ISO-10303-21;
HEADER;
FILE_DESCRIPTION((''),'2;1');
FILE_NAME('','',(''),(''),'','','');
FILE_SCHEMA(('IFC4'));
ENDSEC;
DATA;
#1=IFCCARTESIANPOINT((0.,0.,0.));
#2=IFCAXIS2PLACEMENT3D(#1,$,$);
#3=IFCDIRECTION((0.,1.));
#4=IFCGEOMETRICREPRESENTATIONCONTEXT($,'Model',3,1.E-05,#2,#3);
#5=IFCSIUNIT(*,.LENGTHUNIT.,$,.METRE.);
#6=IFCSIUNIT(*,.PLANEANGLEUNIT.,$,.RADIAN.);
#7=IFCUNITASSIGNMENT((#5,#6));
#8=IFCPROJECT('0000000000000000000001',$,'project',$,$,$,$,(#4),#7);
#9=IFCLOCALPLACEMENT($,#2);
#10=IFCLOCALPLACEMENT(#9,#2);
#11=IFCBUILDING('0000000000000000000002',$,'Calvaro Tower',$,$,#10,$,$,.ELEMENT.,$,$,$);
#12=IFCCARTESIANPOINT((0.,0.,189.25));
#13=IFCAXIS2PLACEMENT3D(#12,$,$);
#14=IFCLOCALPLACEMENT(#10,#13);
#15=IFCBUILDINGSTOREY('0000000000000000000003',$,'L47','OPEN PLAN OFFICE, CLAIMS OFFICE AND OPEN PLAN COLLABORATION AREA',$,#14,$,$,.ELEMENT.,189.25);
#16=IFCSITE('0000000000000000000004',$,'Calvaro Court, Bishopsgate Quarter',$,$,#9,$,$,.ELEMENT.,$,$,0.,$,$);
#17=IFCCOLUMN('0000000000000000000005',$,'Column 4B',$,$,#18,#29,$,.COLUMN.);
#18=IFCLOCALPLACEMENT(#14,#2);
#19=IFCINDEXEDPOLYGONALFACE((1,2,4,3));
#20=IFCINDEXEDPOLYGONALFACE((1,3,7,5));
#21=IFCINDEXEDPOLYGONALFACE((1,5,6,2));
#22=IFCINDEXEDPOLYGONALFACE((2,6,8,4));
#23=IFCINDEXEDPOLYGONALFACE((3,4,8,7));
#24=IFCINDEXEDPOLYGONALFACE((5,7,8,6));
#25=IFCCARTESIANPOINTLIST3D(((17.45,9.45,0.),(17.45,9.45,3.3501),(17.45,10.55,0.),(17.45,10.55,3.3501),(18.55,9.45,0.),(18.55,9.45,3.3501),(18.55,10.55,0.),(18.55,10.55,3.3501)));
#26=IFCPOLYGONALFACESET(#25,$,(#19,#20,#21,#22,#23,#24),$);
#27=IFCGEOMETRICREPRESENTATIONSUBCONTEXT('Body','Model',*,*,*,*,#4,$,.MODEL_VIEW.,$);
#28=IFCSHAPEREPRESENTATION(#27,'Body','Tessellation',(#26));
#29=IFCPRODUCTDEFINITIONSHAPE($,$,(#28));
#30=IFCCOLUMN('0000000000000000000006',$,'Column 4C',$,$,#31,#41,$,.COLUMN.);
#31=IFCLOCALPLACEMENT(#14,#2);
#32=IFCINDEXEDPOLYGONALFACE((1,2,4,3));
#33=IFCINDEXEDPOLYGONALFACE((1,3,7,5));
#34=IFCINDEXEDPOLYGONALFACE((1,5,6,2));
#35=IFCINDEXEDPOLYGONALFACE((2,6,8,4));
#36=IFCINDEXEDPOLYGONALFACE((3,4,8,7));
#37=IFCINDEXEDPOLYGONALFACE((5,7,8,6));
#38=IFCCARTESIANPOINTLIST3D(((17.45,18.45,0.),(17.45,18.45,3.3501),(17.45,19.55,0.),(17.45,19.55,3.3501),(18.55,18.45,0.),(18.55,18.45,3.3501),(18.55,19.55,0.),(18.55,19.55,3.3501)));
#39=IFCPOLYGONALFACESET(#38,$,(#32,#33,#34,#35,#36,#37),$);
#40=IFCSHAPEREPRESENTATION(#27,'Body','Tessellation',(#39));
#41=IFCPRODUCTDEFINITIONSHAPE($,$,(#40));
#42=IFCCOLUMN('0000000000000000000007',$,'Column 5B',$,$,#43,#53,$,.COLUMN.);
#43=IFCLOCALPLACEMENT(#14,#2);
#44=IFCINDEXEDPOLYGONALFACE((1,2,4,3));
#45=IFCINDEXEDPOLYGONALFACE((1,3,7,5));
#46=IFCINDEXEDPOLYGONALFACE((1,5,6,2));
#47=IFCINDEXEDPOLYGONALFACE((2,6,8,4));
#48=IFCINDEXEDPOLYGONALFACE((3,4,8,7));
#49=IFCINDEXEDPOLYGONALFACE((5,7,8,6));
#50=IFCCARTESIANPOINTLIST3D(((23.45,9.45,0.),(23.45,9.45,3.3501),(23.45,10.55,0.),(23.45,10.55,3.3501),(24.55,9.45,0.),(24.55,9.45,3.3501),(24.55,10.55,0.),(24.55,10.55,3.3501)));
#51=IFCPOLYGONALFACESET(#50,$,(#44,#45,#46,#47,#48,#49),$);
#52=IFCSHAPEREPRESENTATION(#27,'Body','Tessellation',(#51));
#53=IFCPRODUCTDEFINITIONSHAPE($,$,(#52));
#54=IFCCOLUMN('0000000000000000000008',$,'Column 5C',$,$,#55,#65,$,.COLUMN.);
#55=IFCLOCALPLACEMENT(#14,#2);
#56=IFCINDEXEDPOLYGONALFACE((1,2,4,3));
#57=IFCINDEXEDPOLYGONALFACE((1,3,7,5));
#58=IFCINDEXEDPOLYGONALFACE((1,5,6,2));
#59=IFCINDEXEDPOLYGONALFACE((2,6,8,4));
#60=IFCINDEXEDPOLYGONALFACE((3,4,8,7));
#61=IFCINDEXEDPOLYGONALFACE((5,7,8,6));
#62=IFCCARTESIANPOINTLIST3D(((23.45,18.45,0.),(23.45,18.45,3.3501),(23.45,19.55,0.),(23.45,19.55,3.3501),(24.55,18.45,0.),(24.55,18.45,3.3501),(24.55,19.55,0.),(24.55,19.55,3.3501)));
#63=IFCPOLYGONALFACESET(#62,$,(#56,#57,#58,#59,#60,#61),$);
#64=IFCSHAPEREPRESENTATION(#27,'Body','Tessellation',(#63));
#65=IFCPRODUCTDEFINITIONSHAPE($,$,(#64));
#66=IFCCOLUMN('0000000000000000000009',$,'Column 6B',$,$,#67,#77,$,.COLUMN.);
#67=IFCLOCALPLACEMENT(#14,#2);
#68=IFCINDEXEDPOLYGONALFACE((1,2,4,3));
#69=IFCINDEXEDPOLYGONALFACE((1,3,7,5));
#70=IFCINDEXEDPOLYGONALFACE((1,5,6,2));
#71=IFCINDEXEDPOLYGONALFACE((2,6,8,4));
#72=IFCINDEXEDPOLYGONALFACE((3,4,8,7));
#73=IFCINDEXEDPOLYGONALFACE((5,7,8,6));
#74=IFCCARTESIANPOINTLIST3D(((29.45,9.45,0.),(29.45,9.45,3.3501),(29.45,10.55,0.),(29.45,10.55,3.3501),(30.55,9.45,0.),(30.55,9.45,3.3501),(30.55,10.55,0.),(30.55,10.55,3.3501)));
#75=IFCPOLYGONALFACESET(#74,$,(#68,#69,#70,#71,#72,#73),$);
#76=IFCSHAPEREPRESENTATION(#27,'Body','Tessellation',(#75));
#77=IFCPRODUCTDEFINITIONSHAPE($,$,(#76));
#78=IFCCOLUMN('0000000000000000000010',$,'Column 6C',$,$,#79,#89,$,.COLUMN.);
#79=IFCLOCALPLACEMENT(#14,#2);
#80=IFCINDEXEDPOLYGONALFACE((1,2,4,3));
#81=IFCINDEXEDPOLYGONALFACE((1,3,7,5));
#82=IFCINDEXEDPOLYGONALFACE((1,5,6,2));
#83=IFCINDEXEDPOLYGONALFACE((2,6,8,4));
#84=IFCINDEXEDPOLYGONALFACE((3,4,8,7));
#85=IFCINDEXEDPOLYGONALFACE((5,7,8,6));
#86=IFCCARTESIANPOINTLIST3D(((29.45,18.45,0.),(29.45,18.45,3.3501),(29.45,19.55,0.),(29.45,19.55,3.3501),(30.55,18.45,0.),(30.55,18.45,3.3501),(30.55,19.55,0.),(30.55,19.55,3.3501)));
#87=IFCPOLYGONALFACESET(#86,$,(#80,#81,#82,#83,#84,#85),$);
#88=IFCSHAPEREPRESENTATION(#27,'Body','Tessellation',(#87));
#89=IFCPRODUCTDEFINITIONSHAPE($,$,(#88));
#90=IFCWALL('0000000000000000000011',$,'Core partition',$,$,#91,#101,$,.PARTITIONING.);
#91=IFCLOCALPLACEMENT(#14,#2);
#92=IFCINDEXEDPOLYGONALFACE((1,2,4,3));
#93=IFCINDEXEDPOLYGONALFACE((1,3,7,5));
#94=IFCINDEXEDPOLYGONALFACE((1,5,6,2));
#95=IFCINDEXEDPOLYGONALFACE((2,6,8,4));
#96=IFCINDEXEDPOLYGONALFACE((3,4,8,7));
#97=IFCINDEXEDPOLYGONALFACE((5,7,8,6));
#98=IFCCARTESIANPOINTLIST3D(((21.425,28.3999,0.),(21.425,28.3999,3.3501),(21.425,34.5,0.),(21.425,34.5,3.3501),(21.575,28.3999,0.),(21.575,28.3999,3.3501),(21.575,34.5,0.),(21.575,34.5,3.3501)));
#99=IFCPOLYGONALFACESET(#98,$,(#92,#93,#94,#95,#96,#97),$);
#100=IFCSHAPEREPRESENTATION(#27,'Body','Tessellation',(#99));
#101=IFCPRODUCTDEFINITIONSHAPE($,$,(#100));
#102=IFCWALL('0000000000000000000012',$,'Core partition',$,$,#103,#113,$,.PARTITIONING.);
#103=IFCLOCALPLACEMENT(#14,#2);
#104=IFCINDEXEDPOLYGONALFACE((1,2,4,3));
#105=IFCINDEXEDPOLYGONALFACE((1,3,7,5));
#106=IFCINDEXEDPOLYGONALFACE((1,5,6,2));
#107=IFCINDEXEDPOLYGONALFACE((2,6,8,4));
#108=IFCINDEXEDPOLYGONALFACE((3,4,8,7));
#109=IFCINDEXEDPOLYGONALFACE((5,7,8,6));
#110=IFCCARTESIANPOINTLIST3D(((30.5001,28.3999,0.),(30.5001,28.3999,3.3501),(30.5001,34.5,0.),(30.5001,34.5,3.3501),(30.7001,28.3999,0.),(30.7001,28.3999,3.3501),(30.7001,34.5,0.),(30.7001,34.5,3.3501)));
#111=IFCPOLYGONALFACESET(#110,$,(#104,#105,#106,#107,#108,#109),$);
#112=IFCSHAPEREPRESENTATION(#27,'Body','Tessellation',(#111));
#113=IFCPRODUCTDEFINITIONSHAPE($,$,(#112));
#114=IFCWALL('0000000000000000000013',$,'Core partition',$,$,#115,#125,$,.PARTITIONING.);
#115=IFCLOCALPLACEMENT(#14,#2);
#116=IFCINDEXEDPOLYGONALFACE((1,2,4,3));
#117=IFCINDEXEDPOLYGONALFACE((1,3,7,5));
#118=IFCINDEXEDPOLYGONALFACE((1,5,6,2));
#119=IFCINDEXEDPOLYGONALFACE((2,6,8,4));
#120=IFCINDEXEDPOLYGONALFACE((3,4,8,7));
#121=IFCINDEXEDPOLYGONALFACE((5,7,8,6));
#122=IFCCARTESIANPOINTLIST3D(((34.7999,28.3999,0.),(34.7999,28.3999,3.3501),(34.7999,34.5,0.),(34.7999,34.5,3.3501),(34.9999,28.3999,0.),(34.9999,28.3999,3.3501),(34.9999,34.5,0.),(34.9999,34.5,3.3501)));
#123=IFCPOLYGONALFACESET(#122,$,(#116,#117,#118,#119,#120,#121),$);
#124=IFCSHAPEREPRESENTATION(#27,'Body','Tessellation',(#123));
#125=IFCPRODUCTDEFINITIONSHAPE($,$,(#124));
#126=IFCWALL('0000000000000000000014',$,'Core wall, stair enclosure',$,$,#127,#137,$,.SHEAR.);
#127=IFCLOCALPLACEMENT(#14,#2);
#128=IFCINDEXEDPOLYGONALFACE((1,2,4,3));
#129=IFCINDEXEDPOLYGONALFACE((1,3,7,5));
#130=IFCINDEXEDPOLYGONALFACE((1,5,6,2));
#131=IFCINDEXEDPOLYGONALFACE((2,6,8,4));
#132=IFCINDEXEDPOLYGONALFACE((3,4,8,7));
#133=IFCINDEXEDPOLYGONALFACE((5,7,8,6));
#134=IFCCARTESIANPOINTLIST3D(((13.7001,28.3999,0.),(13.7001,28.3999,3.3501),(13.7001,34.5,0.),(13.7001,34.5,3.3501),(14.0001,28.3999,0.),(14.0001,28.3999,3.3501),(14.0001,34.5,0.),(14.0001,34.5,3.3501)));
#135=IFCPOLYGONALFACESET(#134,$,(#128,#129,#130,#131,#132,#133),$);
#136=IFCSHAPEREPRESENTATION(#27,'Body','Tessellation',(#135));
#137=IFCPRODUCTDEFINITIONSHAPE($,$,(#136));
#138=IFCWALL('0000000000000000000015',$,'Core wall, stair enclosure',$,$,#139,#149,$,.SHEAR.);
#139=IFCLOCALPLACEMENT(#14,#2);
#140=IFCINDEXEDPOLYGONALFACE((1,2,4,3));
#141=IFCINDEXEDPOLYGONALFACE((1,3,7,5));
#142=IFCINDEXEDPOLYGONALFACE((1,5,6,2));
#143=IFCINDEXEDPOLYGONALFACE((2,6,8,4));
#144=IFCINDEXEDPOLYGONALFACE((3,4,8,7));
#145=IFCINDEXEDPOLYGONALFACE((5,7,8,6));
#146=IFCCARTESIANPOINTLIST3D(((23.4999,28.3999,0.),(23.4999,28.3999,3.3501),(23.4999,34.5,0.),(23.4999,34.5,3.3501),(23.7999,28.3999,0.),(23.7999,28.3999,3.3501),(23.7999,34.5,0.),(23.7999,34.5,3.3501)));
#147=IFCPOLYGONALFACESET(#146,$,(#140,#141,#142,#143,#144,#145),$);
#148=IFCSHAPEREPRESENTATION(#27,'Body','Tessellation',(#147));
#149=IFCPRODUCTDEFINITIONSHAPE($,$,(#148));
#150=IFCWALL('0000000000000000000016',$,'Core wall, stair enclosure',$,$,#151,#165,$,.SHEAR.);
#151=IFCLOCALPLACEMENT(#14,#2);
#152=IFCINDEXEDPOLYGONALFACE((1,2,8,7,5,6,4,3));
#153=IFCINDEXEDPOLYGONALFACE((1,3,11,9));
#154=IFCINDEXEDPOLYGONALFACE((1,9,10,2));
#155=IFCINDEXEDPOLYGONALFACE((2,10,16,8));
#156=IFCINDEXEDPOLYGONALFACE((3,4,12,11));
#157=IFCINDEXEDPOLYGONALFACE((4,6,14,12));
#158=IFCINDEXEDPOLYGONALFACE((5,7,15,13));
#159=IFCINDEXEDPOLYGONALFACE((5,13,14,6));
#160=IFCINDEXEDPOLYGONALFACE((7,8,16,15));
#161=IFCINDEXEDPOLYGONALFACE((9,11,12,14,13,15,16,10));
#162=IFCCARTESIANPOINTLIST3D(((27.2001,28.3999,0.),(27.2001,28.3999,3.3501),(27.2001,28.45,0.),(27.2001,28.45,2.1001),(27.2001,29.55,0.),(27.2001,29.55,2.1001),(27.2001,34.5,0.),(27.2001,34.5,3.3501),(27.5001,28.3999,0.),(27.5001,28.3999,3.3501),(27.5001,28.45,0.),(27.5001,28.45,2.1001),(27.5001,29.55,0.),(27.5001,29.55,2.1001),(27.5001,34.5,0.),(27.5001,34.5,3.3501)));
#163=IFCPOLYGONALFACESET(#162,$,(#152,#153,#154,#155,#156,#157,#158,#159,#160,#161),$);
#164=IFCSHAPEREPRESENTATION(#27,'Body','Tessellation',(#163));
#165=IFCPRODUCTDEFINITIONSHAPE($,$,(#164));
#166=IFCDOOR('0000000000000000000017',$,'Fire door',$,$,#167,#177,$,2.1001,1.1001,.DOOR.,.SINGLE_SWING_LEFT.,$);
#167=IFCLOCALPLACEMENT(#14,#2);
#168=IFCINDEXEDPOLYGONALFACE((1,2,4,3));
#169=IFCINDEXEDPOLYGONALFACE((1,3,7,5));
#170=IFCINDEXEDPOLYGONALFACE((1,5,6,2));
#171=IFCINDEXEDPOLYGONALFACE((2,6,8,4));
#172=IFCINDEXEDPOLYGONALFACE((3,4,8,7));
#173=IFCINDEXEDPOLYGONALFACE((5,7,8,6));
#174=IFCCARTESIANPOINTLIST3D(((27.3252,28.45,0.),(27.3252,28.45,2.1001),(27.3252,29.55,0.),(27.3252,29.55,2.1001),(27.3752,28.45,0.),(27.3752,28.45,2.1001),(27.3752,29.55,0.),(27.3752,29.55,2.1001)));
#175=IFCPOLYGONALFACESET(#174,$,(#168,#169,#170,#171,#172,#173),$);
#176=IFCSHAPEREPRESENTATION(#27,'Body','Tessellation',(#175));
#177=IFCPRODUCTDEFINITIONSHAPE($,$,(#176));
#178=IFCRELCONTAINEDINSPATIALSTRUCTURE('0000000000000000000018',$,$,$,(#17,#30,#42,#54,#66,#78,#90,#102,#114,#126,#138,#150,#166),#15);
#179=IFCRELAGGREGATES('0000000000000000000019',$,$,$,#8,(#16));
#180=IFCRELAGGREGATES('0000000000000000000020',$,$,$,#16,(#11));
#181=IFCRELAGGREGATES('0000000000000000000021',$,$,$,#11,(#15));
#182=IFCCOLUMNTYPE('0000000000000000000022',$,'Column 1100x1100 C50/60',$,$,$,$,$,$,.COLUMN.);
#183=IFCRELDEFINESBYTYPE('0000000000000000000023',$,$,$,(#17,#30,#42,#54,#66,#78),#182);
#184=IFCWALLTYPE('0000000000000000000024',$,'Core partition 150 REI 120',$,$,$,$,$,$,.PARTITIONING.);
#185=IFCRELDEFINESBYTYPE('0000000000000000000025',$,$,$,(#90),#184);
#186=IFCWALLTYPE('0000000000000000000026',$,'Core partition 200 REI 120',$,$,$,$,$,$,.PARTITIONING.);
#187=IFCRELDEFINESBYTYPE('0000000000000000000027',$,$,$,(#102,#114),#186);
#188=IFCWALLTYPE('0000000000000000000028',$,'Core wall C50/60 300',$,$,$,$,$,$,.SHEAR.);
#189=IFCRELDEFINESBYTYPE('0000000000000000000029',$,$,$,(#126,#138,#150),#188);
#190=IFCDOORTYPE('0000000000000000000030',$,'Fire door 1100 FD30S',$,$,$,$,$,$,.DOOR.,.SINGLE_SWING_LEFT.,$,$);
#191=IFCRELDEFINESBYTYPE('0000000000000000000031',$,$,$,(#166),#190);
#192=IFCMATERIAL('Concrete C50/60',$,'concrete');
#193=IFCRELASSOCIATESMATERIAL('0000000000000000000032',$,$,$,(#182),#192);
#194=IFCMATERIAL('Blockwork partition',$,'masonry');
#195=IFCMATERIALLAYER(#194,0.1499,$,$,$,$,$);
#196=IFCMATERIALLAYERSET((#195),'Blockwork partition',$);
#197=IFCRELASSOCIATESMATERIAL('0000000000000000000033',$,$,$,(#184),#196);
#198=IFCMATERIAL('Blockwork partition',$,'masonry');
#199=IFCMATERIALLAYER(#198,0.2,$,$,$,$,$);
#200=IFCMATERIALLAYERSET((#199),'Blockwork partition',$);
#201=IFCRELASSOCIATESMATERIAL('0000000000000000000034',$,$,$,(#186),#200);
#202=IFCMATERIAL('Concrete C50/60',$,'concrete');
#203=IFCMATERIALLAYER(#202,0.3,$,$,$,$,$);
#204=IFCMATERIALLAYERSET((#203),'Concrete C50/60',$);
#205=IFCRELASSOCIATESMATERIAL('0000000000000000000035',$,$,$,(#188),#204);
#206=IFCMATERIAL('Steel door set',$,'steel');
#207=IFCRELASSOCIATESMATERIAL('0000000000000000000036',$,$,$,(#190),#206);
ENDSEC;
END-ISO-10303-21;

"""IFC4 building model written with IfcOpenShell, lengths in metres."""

from ifc_helpers import new_model, si_unit, direction, frame, frame_2d, origin, origin_2d, place, context, subcontext, project, spatial, rectangle, extrude, material, layer, layer_set, material_profile, profile_set, type_object, element, fill, save


model = new_model("IFC4")

# Units and contexts
model_context = context("Model", 3, precision=1e-05, world=origin(), true_north=direction((0.0, 1.0)))
body_context = subcontext(model_context, "Body", "Model", "MODEL_VIEW")
ifc_project = project(units=[si_unit("LENGTHUNIT", "METRE"), si_unit("PLANEANGLEUNIT", "RADIAN")], contexts=[model_context])

# Site, building, storey
site_placement = place(None, origin())
site = spatial("IfcSite", under=ifc_project, at=site_placement, Name="Calvaro Court, Bishopsgate Quarter", CompositionType="ELEMENT", RefElevation=0.0)
building_placement = place(site_placement, origin())
building = spatial("IfcBuilding", under=site, at=building_placement, Name="Calvaro Tower", CompositionType="ELEMENT")
storey_placement = place(building_placement, frame((0.0, 0.0, 189.25)))
storey = spatial("IfcBuildingStorey", under=building, at=storey_placement, Name="L47", Description="OPEN PLAN OFFICE, CLAIMS OFFICE AND OPEN PLAN COLLABORATION AREA", CompositionType="ELEMENT", Elevation=189.25)

# Columns
ifc_material_1 = material(Name="Concrete C50/60", Category="concrete")
ifc_material_profile = material_profile(ifc_material_1, rectangle(XDim=1.1001, YDim=1.1001, at=origin_2d()), Name="RC 1100x1100")
ifc_profile_set = profile_set([ifc_material_profile], Name="Concrete C50/60")
column_type = type_object("IfcColumnType", Name="Column 1100x1100 C50/60", PredefinedType="COLUMN", material=ifc_profile_set)
for number, where, z_axis, x_axis, name in (
    (1, (18.0, 10.0, 0.0), (0.0, 0.0, 1.0), (1.0, 0.0, 0.0), "Column 4B"),
    (2, (18.0, 19.0, 0.0), (0.0, 0.0, 1.0), (1.0, 0.0, 0.0), "Column 4C"),
    (3, (24.0, 10.0, 0.0), (0.0, 0.0, 1.0), (1.0, 0.0, 0.0), "Column 5B"),
    (4, (24.0, 19.0, 0.0), (0.0, 0.0, 1.0), (1.0, 0.0, 0.0), "Column 5C"),
    (5, (30.0, 10.0, 0.0), (0.0, 0.0, 1.0), (1.0, 0.0, 0.0), "Column 6B"),
    (6, (30.0, 19.0, 0.0), (0.0, 0.0, 1.0), (1.0, 0.0, 0.0), "Column 6C"),
):
    element("IfcColumn", number, at=place(storey_placement, frame(where, z_axis=z_axis, x_axis=x_axis)), inside=storey, type_object=column_type, Name=name, PredefinedType="COLUMN", context=body_context, shape_type="SweptSolid", body=[
        extrude(rectangle(XDim=1.1001, YDim=1.1001, at=origin_2d()), origin(), (0.0, 0.0, 1.0), 3.3501),
    ])

# Walls
ifc_material_2 = material(Name="Blockwork partition", Category="masonry")
ifc_layer_1 = layer(ifc_material_2, 0.1499)
ifc_layer_set_1 = layer_set([ifc_layer_1], Name="Blockwork partition")
wall_type_1 = type_object("IfcWallType", Name="Core partition 150 REI 120", PredefinedType="PARTITIONING", material=ifc_layer_set_1)
wall_1_placement = place(storey_placement, frame((21.5, 28.3999, 0.0), z_axis=(0.0, 0.0, 1.0), x_axis=(0.0, 1.0, 0.0)))
element("IfcWall", 7, at=wall_1_placement, inside=storey, type_object=wall_type_1, Name="Core partition", PredefinedType="PARTITIONING", context=body_context, shape_type="SweptSolid", body=[
    extrude(rectangle(XDim=6.1001, YDim=0.1499, at=frame_2d((3.05, 0.0))), origin(), (0.0, 0.0, 1.0), 3.3501),
])
ifc_material_3 = material(Name="Blockwork partition", Category="masonry")
ifc_layer_2 = layer(ifc_material_3, 0.2)
ifc_layer_set_2 = layer_set([ifc_layer_2], Name="Blockwork partition")
wall_type_2 = type_object("IfcWallType", Name="Core partition 200 REI 120", PredefinedType="PARTITIONING", material=ifc_layer_set_2)
for number, where, z_axis, x_axis, name in (
    (8, (30.6001, 28.3999, 0.0), (0.0, 0.0, 1.0), (0.0, 1.0, 0.0), "Core partition"),
    (9, (34.8999, 28.3999, 0.0), (0.0, 0.0, 1.0), (0.0, 1.0, 0.0), "Core partition"),
):
    element("IfcWall", number, at=place(storey_placement, frame(where, z_axis=z_axis, x_axis=x_axis)), inside=storey, type_object=wall_type_2, Name=name, PredefinedType="PARTITIONING", context=body_context, shape_type="SweptSolid", body=[
        extrude(rectangle(XDim=6.1001, YDim=0.2, at=frame_2d((3.05, 0.0))), origin(), (0.0, 0.0, 1.0), 3.3501),
    ])
ifc_material_4 = material(Name="Concrete C50/60", Category="concrete")
ifc_layer_3 = layer(ifc_material_4, 0.3)
ifc_layer_set_3 = layer_set([ifc_layer_3], Name="Concrete C50/60")
wall_type_3 = type_object("IfcWallType", Name="Core wall C50/60 300", PredefinedType="SHEAR", material=ifc_layer_set_3)
for number, where, z_axis, x_axis, name in (
    (10, (13.8501, 28.3999, 0.0), (0.0, 0.0, 1.0), (0.0, 1.0, 0.0), "Core wall, stair enclosure"),
    (11, (23.6499, 28.3999, 0.0), (0.0, 0.0, 1.0), (0.0, 1.0, 0.0), "Core wall, stair enclosure"),
):
    element("IfcWall", number, at=place(storey_placement, frame(where, z_axis=z_axis, x_axis=x_axis)), inside=storey, type_object=wall_type_3, Name=name, PredefinedType="SHEAR", context=body_context, shape_type="SweptSolid", body=[
        extrude(rectangle(XDim=6.1001, YDim=0.3, at=frame_2d((3.05, 0.0))), origin(), (0.0, 0.0, 1.0), 3.3501),
    ])

# Wall, opening, door
wall_2_placement = place(storey_placement, frame((27.3501, 28.3999, 0.0), z_axis=(0.0, 0.0, 1.0), x_axis=(0.0, 1.0, 0.0)))
wall_2 = element("IfcWall", 12, at=wall_2_placement, inside=storey, type_object=wall_type_3, Name="Core wall, stair enclosure", PredefinedType="SHEAR", context=body_context, shape_type="SweptSolid", body=[
    extrude(rectangle(XDim=6.1001, YDim=0.3, at=frame_2d((3.05, 0.0))), origin(), (0.0, 0.0, 1.0), 3.3501),
])
opening_1_placement = place(wall_2_placement, frame((0.05, 0.0, 0.0)))
opening_1 = element("IfcOpeningElement", 13, at=opening_1_placement, cuts=wall_2, PredefinedType="OPENING", context=body_context, shape_type="SweptSolid", body=[
    extrude(rectangle(XDim=1.1001, YDim=2.1001, at=frame_2d((0.55, 1.05))), frame((0.0, 0.1599, 0.0), z_axis=(0.0, -1.0, 0.0), x_axis=(1.0, 0.0, 0.0)), (0.0, 0.0, 1.0), 0.3201),
])
ifc_material_5 = material(Name="Steel door set", Category="steel")
door_type_1 = type_object("IfcDoorType", Name="Fire door 1100 FD30S", OperationType="SINGLE_SWING_LEFT", PredefinedType="DOOR", material=ifc_material_5)
door_1_placement = place(opening_1_placement, origin())
door_1 = element("IfcDoor", 14, at=door_1_placement, inside=storey, type_object=door_type_1, Name="Fire door", OperationType="SINGLE_SWING_LEFT", OverallHeight=2.1001, OverallWidth=1.1001, PredefinedType="DOOR", context=body_context, shape_type="SweptSolid", body=[
    extrude(rectangle(XDim=1.1001, YDim=2.1001, at=frame_2d((0.55, 1.05))), frame((0.0, 0.0249, 0.0), z_axis=(0.0, -1.0, 0.0), x_axis=(1.0, 0.0, 0.0)), (0.0, 0.0, 1.0), 0.05),
])
fill(opening_1, door_1)

save(model, "model.ifc")
